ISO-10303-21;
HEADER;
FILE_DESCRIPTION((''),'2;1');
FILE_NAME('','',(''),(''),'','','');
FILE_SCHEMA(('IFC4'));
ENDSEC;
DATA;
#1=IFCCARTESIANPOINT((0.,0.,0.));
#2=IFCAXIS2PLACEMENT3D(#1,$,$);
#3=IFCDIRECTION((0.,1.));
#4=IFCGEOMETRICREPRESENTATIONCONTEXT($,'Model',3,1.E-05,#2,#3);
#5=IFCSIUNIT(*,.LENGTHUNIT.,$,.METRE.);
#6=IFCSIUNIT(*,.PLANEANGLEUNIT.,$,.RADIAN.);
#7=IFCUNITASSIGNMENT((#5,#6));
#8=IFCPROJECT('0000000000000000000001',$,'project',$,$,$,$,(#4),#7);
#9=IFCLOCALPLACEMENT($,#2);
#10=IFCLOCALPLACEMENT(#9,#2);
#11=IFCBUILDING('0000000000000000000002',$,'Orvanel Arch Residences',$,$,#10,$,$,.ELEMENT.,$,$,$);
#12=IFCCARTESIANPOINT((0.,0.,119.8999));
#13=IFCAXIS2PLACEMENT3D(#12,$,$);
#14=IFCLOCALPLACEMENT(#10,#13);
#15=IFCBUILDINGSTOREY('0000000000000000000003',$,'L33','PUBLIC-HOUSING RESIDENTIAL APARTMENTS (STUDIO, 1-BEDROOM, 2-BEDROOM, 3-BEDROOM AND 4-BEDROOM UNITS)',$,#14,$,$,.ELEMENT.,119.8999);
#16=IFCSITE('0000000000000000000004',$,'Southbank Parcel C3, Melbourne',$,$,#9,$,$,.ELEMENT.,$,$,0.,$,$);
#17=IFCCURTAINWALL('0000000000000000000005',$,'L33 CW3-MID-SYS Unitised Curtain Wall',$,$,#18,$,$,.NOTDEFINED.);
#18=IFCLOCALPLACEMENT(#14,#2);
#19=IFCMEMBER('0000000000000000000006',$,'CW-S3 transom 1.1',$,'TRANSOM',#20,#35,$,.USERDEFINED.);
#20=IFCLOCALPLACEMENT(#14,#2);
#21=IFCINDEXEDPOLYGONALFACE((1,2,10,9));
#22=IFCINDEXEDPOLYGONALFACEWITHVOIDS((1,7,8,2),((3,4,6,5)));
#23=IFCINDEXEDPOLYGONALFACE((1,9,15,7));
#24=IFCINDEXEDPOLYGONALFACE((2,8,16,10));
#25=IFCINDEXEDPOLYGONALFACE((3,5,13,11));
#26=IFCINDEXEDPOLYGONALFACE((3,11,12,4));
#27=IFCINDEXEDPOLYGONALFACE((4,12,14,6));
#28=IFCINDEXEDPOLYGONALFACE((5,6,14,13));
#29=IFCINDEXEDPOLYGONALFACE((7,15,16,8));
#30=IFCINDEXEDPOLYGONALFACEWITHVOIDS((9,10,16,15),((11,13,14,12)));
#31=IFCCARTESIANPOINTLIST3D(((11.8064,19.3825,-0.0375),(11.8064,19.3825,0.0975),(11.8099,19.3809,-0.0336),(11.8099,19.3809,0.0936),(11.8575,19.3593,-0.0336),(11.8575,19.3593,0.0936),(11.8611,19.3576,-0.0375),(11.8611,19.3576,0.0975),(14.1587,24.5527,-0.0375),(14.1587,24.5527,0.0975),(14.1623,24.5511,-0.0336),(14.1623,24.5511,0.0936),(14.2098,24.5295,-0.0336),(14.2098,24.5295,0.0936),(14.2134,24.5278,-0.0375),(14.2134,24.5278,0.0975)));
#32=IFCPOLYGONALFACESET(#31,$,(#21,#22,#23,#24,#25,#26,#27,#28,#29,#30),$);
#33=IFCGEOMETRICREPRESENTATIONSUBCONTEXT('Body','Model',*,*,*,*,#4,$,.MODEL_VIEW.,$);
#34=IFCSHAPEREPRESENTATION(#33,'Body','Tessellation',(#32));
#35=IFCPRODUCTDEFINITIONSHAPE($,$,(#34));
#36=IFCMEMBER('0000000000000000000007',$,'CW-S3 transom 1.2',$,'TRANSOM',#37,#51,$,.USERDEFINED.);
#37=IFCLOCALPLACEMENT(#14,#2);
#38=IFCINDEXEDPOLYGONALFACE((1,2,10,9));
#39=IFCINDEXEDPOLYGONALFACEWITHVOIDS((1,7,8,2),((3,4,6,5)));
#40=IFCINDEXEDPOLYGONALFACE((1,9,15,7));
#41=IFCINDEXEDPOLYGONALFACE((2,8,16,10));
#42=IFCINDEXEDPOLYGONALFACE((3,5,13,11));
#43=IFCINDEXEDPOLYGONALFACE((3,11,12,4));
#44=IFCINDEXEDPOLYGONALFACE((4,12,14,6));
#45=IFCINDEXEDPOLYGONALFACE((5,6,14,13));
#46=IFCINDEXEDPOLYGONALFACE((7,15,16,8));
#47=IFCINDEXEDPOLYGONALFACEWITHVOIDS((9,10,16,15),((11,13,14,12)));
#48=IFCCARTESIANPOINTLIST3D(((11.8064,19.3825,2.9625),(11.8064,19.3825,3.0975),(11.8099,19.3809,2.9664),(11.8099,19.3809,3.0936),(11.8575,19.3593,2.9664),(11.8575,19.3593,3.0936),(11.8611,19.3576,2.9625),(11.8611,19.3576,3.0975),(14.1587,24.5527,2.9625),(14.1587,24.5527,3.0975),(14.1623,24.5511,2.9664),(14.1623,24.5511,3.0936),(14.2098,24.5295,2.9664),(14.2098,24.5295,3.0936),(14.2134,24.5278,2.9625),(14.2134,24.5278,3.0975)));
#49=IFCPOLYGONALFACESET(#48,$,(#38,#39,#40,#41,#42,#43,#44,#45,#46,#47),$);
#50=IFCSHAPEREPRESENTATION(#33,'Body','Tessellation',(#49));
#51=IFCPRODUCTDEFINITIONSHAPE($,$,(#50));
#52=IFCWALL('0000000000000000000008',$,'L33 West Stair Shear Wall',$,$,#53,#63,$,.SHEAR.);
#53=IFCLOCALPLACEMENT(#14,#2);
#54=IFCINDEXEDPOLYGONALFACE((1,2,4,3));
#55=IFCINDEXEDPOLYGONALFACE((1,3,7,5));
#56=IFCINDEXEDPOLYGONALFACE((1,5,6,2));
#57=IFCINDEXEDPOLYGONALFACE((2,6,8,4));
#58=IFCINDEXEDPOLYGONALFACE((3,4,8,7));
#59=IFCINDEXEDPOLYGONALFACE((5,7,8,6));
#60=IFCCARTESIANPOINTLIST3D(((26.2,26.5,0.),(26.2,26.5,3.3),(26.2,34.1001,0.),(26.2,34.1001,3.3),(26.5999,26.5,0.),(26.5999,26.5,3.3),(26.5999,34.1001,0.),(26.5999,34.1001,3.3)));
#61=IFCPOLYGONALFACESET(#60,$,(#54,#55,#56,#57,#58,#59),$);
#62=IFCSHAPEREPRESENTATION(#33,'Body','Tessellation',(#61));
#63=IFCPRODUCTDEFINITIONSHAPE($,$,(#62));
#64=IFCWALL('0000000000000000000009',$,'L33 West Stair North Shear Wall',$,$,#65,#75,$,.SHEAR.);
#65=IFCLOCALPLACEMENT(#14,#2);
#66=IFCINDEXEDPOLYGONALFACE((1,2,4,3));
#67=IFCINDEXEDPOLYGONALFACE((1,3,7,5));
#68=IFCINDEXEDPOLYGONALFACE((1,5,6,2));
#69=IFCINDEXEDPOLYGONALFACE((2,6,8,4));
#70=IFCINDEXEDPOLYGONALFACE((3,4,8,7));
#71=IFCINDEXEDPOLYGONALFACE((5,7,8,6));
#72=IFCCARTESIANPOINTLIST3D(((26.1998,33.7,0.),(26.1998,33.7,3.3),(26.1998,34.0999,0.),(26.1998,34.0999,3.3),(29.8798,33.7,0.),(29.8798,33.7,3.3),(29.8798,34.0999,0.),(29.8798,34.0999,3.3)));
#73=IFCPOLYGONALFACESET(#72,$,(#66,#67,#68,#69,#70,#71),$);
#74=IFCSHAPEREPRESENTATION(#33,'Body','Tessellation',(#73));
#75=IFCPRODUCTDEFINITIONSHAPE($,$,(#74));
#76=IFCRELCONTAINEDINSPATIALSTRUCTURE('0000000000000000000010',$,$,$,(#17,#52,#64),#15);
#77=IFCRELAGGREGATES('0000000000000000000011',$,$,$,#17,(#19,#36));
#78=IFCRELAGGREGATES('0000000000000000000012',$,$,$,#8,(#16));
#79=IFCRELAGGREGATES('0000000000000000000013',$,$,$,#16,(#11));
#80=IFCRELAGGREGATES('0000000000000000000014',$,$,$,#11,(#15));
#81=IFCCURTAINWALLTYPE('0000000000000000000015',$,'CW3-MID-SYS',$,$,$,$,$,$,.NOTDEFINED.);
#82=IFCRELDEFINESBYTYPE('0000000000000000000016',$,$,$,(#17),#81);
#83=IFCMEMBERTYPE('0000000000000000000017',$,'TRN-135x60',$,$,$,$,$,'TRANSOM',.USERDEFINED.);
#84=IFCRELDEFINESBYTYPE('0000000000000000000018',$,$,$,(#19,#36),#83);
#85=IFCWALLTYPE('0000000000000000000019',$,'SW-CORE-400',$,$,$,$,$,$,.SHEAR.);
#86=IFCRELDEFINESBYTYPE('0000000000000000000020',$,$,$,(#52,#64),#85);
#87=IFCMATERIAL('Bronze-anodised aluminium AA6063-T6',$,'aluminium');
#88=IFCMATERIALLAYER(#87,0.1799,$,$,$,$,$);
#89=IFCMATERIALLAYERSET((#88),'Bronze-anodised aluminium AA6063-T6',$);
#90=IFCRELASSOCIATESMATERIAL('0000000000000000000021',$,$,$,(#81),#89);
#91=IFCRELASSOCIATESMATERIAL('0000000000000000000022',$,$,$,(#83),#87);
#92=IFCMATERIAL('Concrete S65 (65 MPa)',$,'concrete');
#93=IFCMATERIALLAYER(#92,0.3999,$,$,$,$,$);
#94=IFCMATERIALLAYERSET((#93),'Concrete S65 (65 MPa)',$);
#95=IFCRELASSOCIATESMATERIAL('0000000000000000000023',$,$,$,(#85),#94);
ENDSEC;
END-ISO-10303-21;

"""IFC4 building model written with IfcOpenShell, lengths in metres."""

from ifc_helpers import new_model, si_unit, direction, frame, frame_2d, origin, origin_2d, place, context, subcontext, project, spatial, rectangle, hollow_rectangle, extrude, material, layer, layer_set, material_profile, profile_set, type_object, element, aggregate, save


model = new_model("IFC4")

# Units and contexts
model_context = context("Model", 3, precision=1e-05, world=origin(), true_north=direction((0.0, 1.0)))
body_context = subcontext(model_context, "Body", "Model", "MODEL_VIEW")
ifc_project = project(units=[si_unit("LENGTHUNIT", "METRE"), si_unit("PLANEANGLEUNIT", "RADIAN")], contexts=[model_context])

# Site, building, storey
site_placement = place(None, origin())
site = spatial("IfcSite", under=ifc_project, at=site_placement, Name="Southbank Parcel C3, Melbourne", CompositionType="ELEMENT", RefElevation=0.0)
building_placement = place(site_placement, origin())
building = spatial("IfcBuilding", under=site, at=building_placement, Name="Orvanel Arch Residences", CompositionType="ELEMENT")
storey_placement = place(building_placement, frame((0.0, 0.0, 119.8999)))
storey = spatial("IfcBuildingStorey", under=building, at=storey_placement, Name="L33", Description="PUBLIC-HOUSING RESIDENTIAL APARTMENTS (STUDIO, 1-BEDROOM, 2-BEDROOM, 3-BEDROOM AND 4-BEDROOM UNITS)", CompositionType="ELEMENT", Elevation=119.8999)

# Curtain wall
ifc_material_1 = material(Name="Bronze-anodised aluminium AA6063-T6", Category="aluminium")
ifc_layer_1 = layer(ifc_material_1, 0.1799)
ifc_layer_set_1 = layer_set([ifc_layer_1], Name="Bronze-anodised aluminium AA6063-T6")
curtain_wall_type = type_object("IfcCurtainWallType", Name="CW3-MID-SYS", PredefinedType="NOTDEFINED", material=ifc_layer_set_1)
curtain_wall_placement = place(storey_placement, origin())
curtain_wall = element("IfcCurtainWall", 1, at=curtain_wall_placement, inside=storey, type_object=curtain_wall_type, Name="L33 CW3-MID-SYS Unitised Curtain Wall", PredefinedType="NOTDEFINED")

# Members
ifc_material_profile_1 = material_profile(ifc_material_1, hollow_rectangle(XDim=0.0601, YDim=0.135, WallThickness=0.0039, at=origin_2d()), Name="ALU135x60x4")
ifc_profile_set_1 = profile_set([ifc_material_profile_1], Name="Bronze-anodised aluminium AA6063-T6")
member_type_1 = type_object("IfcMemberType", Name="TRN-135x60", ElementType="TRANSOM", PredefinedType="USERDEFINED", material=ifc_profile_set_1)
member_1_placement = place(storey_placement, frame((14.186, 24.5403, 0.03), z_axis=(-0.414127, -0.910219, 0.0), x_axis=(0.910219, -0.414127, 0.0)))
member_1 = element("IfcMember", 2, at=member_1_placement, type_object=member_type_1, Name="CW-S3 transom 1.1", ObjectType="TRANSOM", PredefinedType="USERDEFINED", context=body_context, shape_type="SweptSolid", body=[
    extrude(hollow_rectangle(XDim=0.0601, YDim=0.135, WallThickness=0.0039, at=origin_2d()), origin(), (0.0, 0.0, 1.0), 5.6802),
])
member_2_placement = place(storey_placement, frame((14.186, 24.5403, 3.03), z_axis=(-0.414127, -0.910219, 0.0), x_axis=(0.910219, -0.414127, 0.0)))
member_2 = element("IfcMember", 3, at=member_2_placement, type_object=member_type_1, Name="CW-S3 transom 1.2", ObjectType="TRANSOM", PredefinedType="USERDEFINED", context=body_context, shape_type="SweptSolid", body=[
    extrude(hollow_rectangle(XDim=0.0601, YDim=0.135, WallThickness=0.0039, at=origin_2d()), origin(), (0.0, 0.0, 1.0), 5.6802),
])
aggregate(curtain_wall, [member_1, member_2])

# Shared definitions
ifc_material_2 = material(Name="Concrete S65 (65 MPa)", Category="concrete")
ifc_layer_2 = layer(ifc_material_2, 0.3999)
ifc_layer_set_2 = layer_set([ifc_layer_2], Name="Concrete S65 (65 MPa)")
wall_type = type_object("IfcWallType", Name="SW-CORE-400", PredefinedType="SHEAR", material=ifc_layer_set_2)

# Walls
wall_1_placement = place(storey_placement, frame((26.3999, 26.5, 0.0), z_axis=(0.0, 0.0, 1.0), x_axis=(0.0, 1.0, 0.0)))
element("IfcWall", 4, at=wall_1_placement, inside=storey, type_object=wall_type, Name="L33 West Stair Shear Wall", PredefinedType="SHEAR", context=body_context, shape_type="SweptSolid", body=[
    extrude(rectangle(XDim=7.6001, YDim=0.3999, at=frame_2d((3.8, 0.0))), origin(), (0.0, 0.0, 1.0), 3.3),
])
wall_2_placement = place(storey_placement, frame((26.2, 33.8999, 0.0), z_axis=(0.0, 0.0, 1.0), x_axis=(1.0, 0.0, 0.0)))
element("IfcWall", 5, at=wall_2_placement, inside=storey, type_object=wall_type, Name="L33 West Stair North Shear Wall", PredefinedType="SHEAR", context=body_context, shape_type="SweptSolid", body=[
    extrude(rectangle(XDim=3.6799, YDim=0.3999, at=frame_2d((1.8398, 0.0))), origin(), (0.0, 0.0, 1.0), 3.3),
])

save(model, "model.ifc")
